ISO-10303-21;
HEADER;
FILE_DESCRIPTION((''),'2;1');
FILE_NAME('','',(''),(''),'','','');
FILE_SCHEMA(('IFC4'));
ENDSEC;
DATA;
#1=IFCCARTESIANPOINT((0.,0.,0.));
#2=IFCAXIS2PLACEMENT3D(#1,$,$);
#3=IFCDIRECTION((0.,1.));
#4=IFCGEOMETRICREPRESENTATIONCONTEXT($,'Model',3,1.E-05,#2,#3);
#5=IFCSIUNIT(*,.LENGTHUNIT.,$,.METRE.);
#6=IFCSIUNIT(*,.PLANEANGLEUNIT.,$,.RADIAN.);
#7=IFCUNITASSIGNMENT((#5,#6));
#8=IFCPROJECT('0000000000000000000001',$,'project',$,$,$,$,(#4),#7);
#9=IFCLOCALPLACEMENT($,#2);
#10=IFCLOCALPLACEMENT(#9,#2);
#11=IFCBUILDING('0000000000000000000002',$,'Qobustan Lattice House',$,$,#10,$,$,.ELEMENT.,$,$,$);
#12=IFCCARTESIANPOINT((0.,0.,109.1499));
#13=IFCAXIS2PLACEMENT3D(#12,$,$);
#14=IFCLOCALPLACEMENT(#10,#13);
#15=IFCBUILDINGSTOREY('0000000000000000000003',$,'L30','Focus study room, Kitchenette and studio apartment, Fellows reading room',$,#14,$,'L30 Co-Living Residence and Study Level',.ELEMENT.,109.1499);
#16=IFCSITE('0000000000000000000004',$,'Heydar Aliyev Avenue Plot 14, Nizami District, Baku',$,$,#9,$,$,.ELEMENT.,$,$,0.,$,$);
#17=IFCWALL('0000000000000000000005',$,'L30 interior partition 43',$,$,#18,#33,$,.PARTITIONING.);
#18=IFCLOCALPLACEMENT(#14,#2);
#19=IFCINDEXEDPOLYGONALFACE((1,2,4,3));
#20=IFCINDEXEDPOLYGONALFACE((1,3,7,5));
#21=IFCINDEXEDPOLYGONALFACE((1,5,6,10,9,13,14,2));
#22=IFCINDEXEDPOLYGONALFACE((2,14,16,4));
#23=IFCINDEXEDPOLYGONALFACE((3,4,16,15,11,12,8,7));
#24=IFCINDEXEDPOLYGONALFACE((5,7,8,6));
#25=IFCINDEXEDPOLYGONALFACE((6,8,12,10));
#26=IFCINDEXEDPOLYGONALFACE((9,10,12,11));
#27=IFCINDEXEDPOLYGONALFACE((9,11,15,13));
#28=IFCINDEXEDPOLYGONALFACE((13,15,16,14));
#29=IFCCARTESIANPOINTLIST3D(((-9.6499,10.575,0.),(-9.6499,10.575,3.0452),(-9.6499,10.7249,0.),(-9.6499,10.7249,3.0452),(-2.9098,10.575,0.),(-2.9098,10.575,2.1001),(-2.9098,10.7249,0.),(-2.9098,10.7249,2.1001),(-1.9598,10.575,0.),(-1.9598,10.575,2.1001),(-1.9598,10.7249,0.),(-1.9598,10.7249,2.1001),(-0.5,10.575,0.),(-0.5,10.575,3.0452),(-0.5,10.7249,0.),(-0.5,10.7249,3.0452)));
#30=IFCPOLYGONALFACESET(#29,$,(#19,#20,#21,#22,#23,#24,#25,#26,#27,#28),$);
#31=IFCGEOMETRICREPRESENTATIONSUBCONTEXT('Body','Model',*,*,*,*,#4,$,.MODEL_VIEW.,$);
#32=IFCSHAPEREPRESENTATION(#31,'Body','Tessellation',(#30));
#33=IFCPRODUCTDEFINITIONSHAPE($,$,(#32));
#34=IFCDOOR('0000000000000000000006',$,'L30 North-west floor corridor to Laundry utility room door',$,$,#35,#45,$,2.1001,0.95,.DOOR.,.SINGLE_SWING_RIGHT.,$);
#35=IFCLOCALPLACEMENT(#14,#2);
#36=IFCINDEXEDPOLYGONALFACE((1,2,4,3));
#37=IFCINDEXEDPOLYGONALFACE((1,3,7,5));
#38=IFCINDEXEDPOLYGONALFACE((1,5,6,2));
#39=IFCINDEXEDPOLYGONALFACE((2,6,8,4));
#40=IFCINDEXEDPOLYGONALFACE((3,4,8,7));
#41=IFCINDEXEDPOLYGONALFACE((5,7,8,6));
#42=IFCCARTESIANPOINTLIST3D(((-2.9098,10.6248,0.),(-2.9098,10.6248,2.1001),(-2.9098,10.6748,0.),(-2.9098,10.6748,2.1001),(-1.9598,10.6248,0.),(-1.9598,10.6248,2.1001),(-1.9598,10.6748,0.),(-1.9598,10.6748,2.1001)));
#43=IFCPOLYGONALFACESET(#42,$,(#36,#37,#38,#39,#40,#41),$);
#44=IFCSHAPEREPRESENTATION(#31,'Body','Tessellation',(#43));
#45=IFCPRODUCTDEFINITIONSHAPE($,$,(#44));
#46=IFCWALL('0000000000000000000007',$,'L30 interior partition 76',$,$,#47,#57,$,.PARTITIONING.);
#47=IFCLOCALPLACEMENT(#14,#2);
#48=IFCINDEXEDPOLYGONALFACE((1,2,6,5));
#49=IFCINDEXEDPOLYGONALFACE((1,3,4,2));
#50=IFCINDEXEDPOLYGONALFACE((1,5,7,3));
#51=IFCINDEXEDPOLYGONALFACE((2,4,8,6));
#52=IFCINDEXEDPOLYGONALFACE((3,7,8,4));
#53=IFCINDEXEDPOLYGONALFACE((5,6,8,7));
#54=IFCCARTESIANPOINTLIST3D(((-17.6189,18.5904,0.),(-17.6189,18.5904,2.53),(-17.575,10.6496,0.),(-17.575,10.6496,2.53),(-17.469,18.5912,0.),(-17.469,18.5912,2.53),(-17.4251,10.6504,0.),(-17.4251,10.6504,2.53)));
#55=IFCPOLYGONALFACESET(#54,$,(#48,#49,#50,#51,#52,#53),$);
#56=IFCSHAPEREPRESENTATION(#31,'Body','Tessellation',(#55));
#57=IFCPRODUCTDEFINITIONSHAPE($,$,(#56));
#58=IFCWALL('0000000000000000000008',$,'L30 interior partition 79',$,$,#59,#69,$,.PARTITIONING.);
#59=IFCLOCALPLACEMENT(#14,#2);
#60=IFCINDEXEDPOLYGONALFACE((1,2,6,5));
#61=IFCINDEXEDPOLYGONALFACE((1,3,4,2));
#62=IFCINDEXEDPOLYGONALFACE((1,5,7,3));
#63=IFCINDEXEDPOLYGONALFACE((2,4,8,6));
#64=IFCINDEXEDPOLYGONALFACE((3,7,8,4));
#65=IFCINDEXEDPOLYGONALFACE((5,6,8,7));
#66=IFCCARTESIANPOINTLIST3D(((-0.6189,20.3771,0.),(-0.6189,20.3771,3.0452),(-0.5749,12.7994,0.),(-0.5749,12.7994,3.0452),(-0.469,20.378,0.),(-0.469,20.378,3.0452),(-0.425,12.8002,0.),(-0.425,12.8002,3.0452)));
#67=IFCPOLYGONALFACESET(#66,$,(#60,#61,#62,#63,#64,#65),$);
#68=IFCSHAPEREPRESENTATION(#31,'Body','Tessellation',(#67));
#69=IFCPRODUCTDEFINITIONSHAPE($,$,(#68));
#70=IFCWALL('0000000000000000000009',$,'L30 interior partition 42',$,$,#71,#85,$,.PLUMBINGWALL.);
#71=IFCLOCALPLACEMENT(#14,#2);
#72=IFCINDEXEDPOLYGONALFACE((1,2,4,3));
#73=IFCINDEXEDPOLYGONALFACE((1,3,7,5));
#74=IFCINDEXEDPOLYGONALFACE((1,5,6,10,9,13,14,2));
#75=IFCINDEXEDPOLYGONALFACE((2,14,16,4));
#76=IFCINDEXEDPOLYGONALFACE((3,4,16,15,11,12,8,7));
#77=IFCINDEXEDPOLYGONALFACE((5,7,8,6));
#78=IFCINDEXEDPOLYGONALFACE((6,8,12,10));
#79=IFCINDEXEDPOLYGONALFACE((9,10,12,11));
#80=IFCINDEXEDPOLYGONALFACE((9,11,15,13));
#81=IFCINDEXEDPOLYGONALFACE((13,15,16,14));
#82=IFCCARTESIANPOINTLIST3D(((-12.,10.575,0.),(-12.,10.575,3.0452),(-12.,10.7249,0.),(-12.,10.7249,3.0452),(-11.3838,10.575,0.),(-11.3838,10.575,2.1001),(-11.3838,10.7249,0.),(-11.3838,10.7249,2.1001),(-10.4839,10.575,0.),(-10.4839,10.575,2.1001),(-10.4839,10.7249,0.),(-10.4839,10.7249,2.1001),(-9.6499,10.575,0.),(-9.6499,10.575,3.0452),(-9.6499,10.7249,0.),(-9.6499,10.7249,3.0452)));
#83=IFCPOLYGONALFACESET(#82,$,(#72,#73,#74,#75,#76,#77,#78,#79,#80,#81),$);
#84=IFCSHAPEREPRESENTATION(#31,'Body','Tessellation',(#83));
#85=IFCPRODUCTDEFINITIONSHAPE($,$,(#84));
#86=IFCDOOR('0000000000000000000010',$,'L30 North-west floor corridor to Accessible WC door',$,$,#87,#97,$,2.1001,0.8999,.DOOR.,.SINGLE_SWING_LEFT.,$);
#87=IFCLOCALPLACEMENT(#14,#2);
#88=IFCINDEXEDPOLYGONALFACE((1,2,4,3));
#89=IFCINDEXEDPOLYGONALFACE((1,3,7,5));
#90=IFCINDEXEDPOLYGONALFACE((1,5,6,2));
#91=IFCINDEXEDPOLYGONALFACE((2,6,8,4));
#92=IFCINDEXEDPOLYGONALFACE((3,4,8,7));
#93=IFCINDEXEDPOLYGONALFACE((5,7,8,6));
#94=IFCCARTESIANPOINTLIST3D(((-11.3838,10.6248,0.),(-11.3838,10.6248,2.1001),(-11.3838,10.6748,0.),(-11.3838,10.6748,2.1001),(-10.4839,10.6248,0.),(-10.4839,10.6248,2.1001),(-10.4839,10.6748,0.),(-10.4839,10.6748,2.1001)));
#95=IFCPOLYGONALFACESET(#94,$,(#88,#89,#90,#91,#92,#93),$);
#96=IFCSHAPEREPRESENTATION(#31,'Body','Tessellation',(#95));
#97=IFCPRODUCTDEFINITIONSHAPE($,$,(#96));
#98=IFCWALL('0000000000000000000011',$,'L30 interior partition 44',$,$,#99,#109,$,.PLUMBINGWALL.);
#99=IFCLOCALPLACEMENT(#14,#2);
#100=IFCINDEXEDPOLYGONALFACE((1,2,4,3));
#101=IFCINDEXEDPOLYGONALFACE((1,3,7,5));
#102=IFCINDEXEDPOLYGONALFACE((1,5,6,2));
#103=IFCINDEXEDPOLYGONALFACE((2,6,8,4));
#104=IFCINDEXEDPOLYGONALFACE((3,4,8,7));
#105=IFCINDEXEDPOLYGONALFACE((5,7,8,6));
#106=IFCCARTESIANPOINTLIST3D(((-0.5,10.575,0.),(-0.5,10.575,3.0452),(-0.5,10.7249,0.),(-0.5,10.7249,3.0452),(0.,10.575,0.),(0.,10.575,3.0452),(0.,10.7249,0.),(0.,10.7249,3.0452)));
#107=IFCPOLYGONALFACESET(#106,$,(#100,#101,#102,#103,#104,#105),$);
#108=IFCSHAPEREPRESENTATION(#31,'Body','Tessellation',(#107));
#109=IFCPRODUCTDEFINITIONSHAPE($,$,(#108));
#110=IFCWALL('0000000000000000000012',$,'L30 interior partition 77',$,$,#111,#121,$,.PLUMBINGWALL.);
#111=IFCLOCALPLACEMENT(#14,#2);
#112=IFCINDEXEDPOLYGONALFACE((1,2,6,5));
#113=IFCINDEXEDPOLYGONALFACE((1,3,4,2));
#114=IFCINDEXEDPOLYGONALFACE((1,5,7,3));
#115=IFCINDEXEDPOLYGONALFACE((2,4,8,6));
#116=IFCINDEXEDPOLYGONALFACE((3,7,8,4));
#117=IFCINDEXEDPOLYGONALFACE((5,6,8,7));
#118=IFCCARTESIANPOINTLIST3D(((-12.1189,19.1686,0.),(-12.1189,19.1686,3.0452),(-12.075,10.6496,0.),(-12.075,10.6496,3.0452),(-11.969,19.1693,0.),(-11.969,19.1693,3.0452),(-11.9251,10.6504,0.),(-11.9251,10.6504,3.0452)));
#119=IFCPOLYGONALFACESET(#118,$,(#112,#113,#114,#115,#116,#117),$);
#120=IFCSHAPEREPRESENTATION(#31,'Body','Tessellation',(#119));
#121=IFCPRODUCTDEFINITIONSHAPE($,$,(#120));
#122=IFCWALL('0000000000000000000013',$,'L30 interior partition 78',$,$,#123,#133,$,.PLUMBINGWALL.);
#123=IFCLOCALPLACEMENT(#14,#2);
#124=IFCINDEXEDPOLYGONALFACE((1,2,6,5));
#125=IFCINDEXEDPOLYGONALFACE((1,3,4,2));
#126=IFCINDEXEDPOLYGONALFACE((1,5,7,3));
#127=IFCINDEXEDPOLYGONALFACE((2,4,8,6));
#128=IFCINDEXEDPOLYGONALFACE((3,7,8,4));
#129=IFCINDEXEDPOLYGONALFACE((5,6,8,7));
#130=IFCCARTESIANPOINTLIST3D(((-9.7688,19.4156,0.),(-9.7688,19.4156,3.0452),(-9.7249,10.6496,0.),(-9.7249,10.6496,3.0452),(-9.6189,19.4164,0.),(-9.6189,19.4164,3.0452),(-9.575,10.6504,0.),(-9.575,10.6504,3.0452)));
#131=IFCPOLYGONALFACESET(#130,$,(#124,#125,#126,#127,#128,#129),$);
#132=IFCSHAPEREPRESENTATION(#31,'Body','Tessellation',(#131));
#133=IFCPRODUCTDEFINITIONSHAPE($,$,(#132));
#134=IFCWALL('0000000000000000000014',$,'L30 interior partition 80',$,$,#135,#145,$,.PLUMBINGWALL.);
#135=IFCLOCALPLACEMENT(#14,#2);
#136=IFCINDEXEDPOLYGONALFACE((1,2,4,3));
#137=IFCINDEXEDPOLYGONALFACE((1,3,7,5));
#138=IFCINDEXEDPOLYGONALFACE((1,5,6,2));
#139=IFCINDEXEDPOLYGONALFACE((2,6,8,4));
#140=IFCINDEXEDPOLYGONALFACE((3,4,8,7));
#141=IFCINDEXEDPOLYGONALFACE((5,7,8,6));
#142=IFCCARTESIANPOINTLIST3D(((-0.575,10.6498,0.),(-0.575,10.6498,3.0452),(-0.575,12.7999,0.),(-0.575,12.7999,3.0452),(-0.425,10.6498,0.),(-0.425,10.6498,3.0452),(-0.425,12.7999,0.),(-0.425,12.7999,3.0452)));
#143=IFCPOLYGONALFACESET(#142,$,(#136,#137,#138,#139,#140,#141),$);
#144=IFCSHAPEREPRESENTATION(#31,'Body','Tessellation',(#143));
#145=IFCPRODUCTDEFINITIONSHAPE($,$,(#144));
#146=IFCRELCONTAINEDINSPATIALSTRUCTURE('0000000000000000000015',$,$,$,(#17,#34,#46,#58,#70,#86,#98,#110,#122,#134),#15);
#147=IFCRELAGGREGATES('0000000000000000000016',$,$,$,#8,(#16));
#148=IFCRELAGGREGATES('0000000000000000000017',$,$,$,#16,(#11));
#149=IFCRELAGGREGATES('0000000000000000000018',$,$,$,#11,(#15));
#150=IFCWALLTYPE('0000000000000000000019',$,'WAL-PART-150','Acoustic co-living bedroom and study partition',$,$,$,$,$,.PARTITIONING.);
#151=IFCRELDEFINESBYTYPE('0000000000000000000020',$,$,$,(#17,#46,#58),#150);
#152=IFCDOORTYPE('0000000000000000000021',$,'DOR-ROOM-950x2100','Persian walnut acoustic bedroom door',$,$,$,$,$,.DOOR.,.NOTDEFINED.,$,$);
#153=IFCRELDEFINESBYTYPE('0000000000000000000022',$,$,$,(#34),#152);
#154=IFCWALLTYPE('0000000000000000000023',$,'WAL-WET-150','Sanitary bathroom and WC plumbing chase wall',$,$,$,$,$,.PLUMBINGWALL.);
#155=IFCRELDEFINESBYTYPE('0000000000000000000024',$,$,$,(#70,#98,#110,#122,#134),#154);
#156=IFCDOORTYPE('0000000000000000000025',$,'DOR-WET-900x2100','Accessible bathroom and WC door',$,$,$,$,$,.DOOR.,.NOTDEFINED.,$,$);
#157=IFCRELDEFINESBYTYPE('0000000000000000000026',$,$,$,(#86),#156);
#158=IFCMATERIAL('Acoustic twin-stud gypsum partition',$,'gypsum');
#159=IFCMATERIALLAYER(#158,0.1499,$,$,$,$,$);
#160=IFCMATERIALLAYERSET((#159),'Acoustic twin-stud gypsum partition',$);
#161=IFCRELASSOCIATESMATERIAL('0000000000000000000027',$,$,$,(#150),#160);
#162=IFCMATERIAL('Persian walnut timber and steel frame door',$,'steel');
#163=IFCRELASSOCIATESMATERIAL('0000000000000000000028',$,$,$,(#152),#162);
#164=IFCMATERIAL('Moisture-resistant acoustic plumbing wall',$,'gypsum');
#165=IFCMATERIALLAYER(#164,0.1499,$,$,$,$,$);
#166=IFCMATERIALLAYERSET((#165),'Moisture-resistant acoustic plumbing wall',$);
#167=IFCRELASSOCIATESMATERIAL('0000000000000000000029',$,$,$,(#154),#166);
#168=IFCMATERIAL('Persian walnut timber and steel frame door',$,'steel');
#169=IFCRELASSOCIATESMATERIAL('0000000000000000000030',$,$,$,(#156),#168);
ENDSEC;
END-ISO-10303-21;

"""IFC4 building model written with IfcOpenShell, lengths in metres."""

from ifc_helpers import new_model, si_unit, direction, frame, frame_2d, origin, place, context, subcontext, project, spatial, rectangle, extrude, material, layer, layer_set, type_object, element, fill, save


model = new_model("IFC4")

# Units and contexts
model_context = context("Model", 3, precision=1e-05, world=origin(), true_north=direction((0.0, 1.0)))
body_context = subcontext(model_context, "Body", "Model", "MODEL_VIEW")
ifc_project = project(units=[si_unit("LENGTHUNIT", "METRE"), si_unit("PLANEANGLEUNIT", "RADIAN")], contexts=[model_context])

# Site, building, storey
site_placement = place(None, origin())
site = spatial("IfcSite", under=ifc_project, at=site_placement, Name="Heydar Aliyev Avenue Plot 14, Nizami District, Baku", CompositionType="ELEMENT", RefElevation=0.0)
building_placement = place(site_placement, origin())
building = spatial("IfcBuilding", under=site, at=building_placement, Name="Qobustan Lattice House", CompositionType="ELEMENT")
storey_placement = place(building_placement, frame((0.0, 0.0, 109.1499)))
storey = spatial("IfcBuildingStorey", under=building, at=storey_placement, Name="L30", Description="Focus study room, Kitchenette and studio apartment, Fellows reading room", LongName="L30 Co-Living Residence and Study Level", CompositionType="ELEMENT", Elevation=109.1499)

# Wall, opening, door
ifc_material_1 = material(Name="Acoustic twin-stud gypsum partition", Category="gypsum")
ifc_layer_1 = layer(ifc_material_1, 0.1499)
ifc_layer_set_1 = layer_set([ifc_layer_1], Name="Acoustic twin-stud gypsum partition")
wall_type_1 = type_object("IfcWallType", Name="WAL-PART-150", Description="Acoustic co-living bedroom and study partition", PredefinedType="PARTITIONING", material=ifc_layer_set_1)
wall_1_placement = place(storey_placement, frame((-9.6499, 10.6499, 0.0), z_axis=(0.0, 0.0, 1.0), x_axis=(1.0, 0.0, 0.0)))
wall_1 = element("IfcWall", 1, at=wall_1_placement, inside=storey, type_object=wall_type_1, Name="L30 interior partition 43", PredefinedType="PARTITIONING", context=body_context, shape_type="SweptSolid", body=[
    extrude(rectangle(XDim=9.1499, YDim=0.1499, at=frame_2d((4.575, 0.0))), origin(), (0.0, 0.0, 1.0), 3.0452),
])
opening_1_placement = place(wall_1_placement, frame((6.74, 0.0, 0.0)))
opening_1 = element("IfcOpeningElement", 2, at=opening_1_placement, cuts=wall_1, PredefinedType="OPENING", context=body_context, shape_type="SweptSolid", body=[
    extrude(rectangle(XDim=0.95, YDim=2.1001, at=frame_2d((0.4751, 1.05))), frame((0.0, 0.085, 0.0), z_axis=(0.0, -1.0, 0.0), x_axis=(1.0, 0.0, 0.0)), (0.0, 0.0, 1.0), 0.1699),
])
ifc_material_2 = material(Name="Persian walnut timber and steel frame door", Category="steel")
door_type_1 = type_object("IfcDoorType", Name="DOR-ROOM-950x2100", Description="Persian walnut acoustic bedroom door", OperationType="NOTDEFINED", PredefinedType="DOOR", material=ifc_material_2)
door_1_placement = place(opening_1_placement, origin())
door_1 = element("IfcDoor", 3, at=door_1_placement, inside=storey, type_object=door_type_1, Name="L30 North-west floor corridor to Laundry utility room door", OperationType="SINGLE_SWING_RIGHT", OverallHeight=2.1001, OverallWidth=0.95, PredefinedType="DOOR", context=body_context, shape_type="SweptSolid", body=[
    extrude(rectangle(XDim=0.95, YDim=2.1001, at=frame_2d((0.4751, 1.05))), frame((0.0, 0.0249, 0.0), z_axis=(0.0, -1.0, 0.0), x_axis=(1.0, 0.0, 0.0)), (0.0, 0.0, 1.0), 0.05),
])
fill(opening_1, door_1)

# Walls
wall_2_placement = place(storey_placement, frame((-17.5439, 18.5908, 0.0), z_axis=(0.0, 0.0, 1.0), x_axis=(0.005534, -0.999985, 0.0)))
element("IfcWall", 4, at=wall_2_placement, inside=storey, type_object=wall_type_1, Name="L30 interior partition 76", PredefinedType="PARTITIONING", context=body_context, shape_type="SweptSolid", body=[
    extrude(rectangle(XDim=7.9409, YDim=0.1499, at=frame_2d((3.9705, 0.0))), origin(), (0.0, 0.0, 1.0), 2.53),
])
wall_3_placement = place(storey_placement, frame((-0.5439, 20.3777, 0.0), z_axis=(0.0, 0.0, 1.0), x_axis=(0.005799, -0.999983, 0.0)))
element("IfcWall", 5, at=wall_3_placement, inside=storey, type_object=wall_type_1, Name="L30 interior partition 79", PredefinedType="PARTITIONING", context=body_context, shape_type="SweptSolid", body=[
    extrude(rectangle(XDim=7.5779, YDim=0.1499, at=frame_2d((3.7891, 0.0))), origin(), (0.0, 0.0, 1.0), 3.0452),
])

# Wall, opening, door
ifc_material_3 = material(Name="Moisture-resistant acoustic plumbing wall", Category="gypsum")
ifc_layer_2 = layer(ifc_material_3, 0.1499)
ifc_layer_set_2 = layer_set([ifc_layer_2], Name="Moisture-resistant acoustic plumbing wall")
wall_type_2 = type_object("IfcWallType", Name="WAL-WET-150", Description="Sanitary bathroom and WC plumbing chase wall", PredefinedType="PLUMBINGWALL", material=ifc_layer_set_2)
wall_4_placement = place(storey_placement, frame((-12.0, 10.6499, 0.0), z_axis=(0.0, 0.0, 1.0), x_axis=(1.0, 0.0, 0.0)))
wall_4 = element("IfcWall", 6, at=wall_4_placement, inside=storey, type_object=wall_type_2, Name="L30 interior partition 42", PredefinedType="PLUMBINGWALL", context=body_context, shape_type="SweptSolid", body=[
    extrude(rectangle(XDim=2.3501, YDim=0.1499, at=frame_2d((1.175, 0.0))), origin(), (0.0, 0.0, 1.0), 3.0452),
])
opening_2_placement = place(wall_4_placement, frame((0.6162, 0.0, 0.0)))
opening_2 = element("IfcOpeningElement", 7, at=opening_2_placement, cuts=wall_4, PredefinedType="OPENING", context=body_context, shape_type="SweptSolid", body=[
    extrude(rectangle(XDim=0.8999, YDim=2.1001, at=frame_2d((0.45, 1.05))), frame((0.0, 0.085, 0.0), z_axis=(0.0, -1.0, 0.0), x_axis=(1.0, 0.0, 0.0)), (0.0, 0.0, 1.0), 0.1699),
])
ifc_material_4 = material(Name="Persian walnut timber and steel frame door", Category="steel")
door_type_2 = type_object("IfcDoorType", Name="DOR-WET-900x2100", Description="Accessible bathroom and WC door", OperationType="NOTDEFINED", PredefinedType="DOOR", material=ifc_material_4)
door_2_placement = place(opening_2_placement, origin())
door_2 = element("IfcDoor", 8, at=door_2_placement, inside=storey, type_object=door_type_2, Name="L30 North-west floor corridor to Accessible WC door", OperationType="SINGLE_SWING_LEFT", OverallHeight=2.1001, OverallWidth=0.8999, PredefinedType="DOOR", context=body_context, shape_type="SweptSolid", body=[
    extrude(rectangle(XDim=0.8999, YDim=2.1001, at=frame_2d((0.45, 1.05))), frame((0.0, 0.0249, 0.0), z_axis=(0.0, -1.0, 0.0), x_axis=(1.0, 0.0, 0.0)), (0.0, 0.0, 1.0), 0.05),
])
fill(opening_2, door_2)

# Walls
wall_5_placement = place(storey_placement, frame((-0.5, 10.6499, 0.0), z_axis=(0.0, 0.0, 1.0), x_axis=(1.0, 0.0, 0.0)))
element("IfcWall", 9, at=wall_5_placement, inside=storey, type_object=wall_type_2, Name="L30 interior partition 44", PredefinedType="PLUMBINGWALL", context=body_context, shape_type="SweptSolid", body=[
    extrude(rectangle(XDim=0.5, YDim=0.1499, at=frame_2d((0.25, 0.0))), origin(), (0.0, 0.0, 1.0), 3.0452),
])
wall_6_placement = place(storey_placement, frame((-12.0439, 19.1689, 0.0), z_axis=(0.0, 0.0, 1.0), x_axis=(0.005158, -0.999987, 0.0)))
element("IfcWall", 10, at=wall_6_placement, inside=storey, type_object=wall_type_2, Name="L30 interior partition 77", PredefinedType="PLUMBINGWALL", context=body_context, shape_type="SweptSolid", body=[
    extrude(rectangle(XDim=8.519, YDim=0.1499, at=frame_2d((4.2595, 0.0))), origin(), (0.0, 0.0, 1.0), 3.0452),
])
wall_7_placement = place(storey_placement, frame((-9.6938, 19.416, 0.0), z_axis=(0.0, 0.0, 1.0), x_axis=(0.005013, -0.999987, 0.0)))
element("IfcWall", 11, at=wall_7_placement, inside=storey, type_object=wall_type_2, Name="L30 interior partition 78", PredefinedType="PLUMBINGWALL", context=body_context, shape_type="SweptSolid", body=[
    extrude(rectangle(XDim=8.7661, YDim=0.1499, at=frame_2d((4.3831, 0.0))), origin(), (0.0, 0.0, 1.0), 3.0452),
])
wall_8_placement = place(storey_placement, frame((-0.5, 12.8, 0.0), z_axis=(0.0, 0.0, 1.0), x_axis=(0.0, -1.0, 0.0)))
element("IfcWall", 12, at=wall_8_placement, inside=storey, type_object=wall_type_2, Name="L30 interior partition 80", PredefinedType="PLUMBINGWALL", context=body_context, shape_type="SweptSolid", body=[
    extrude(rectangle(XDim=2.1501, YDim=0.1499, at=frame_2d((1.0752, 0.0))), origin(), (0.0, 0.0, 1.0), 3.0452),
])

save(model, "model.ifc")
